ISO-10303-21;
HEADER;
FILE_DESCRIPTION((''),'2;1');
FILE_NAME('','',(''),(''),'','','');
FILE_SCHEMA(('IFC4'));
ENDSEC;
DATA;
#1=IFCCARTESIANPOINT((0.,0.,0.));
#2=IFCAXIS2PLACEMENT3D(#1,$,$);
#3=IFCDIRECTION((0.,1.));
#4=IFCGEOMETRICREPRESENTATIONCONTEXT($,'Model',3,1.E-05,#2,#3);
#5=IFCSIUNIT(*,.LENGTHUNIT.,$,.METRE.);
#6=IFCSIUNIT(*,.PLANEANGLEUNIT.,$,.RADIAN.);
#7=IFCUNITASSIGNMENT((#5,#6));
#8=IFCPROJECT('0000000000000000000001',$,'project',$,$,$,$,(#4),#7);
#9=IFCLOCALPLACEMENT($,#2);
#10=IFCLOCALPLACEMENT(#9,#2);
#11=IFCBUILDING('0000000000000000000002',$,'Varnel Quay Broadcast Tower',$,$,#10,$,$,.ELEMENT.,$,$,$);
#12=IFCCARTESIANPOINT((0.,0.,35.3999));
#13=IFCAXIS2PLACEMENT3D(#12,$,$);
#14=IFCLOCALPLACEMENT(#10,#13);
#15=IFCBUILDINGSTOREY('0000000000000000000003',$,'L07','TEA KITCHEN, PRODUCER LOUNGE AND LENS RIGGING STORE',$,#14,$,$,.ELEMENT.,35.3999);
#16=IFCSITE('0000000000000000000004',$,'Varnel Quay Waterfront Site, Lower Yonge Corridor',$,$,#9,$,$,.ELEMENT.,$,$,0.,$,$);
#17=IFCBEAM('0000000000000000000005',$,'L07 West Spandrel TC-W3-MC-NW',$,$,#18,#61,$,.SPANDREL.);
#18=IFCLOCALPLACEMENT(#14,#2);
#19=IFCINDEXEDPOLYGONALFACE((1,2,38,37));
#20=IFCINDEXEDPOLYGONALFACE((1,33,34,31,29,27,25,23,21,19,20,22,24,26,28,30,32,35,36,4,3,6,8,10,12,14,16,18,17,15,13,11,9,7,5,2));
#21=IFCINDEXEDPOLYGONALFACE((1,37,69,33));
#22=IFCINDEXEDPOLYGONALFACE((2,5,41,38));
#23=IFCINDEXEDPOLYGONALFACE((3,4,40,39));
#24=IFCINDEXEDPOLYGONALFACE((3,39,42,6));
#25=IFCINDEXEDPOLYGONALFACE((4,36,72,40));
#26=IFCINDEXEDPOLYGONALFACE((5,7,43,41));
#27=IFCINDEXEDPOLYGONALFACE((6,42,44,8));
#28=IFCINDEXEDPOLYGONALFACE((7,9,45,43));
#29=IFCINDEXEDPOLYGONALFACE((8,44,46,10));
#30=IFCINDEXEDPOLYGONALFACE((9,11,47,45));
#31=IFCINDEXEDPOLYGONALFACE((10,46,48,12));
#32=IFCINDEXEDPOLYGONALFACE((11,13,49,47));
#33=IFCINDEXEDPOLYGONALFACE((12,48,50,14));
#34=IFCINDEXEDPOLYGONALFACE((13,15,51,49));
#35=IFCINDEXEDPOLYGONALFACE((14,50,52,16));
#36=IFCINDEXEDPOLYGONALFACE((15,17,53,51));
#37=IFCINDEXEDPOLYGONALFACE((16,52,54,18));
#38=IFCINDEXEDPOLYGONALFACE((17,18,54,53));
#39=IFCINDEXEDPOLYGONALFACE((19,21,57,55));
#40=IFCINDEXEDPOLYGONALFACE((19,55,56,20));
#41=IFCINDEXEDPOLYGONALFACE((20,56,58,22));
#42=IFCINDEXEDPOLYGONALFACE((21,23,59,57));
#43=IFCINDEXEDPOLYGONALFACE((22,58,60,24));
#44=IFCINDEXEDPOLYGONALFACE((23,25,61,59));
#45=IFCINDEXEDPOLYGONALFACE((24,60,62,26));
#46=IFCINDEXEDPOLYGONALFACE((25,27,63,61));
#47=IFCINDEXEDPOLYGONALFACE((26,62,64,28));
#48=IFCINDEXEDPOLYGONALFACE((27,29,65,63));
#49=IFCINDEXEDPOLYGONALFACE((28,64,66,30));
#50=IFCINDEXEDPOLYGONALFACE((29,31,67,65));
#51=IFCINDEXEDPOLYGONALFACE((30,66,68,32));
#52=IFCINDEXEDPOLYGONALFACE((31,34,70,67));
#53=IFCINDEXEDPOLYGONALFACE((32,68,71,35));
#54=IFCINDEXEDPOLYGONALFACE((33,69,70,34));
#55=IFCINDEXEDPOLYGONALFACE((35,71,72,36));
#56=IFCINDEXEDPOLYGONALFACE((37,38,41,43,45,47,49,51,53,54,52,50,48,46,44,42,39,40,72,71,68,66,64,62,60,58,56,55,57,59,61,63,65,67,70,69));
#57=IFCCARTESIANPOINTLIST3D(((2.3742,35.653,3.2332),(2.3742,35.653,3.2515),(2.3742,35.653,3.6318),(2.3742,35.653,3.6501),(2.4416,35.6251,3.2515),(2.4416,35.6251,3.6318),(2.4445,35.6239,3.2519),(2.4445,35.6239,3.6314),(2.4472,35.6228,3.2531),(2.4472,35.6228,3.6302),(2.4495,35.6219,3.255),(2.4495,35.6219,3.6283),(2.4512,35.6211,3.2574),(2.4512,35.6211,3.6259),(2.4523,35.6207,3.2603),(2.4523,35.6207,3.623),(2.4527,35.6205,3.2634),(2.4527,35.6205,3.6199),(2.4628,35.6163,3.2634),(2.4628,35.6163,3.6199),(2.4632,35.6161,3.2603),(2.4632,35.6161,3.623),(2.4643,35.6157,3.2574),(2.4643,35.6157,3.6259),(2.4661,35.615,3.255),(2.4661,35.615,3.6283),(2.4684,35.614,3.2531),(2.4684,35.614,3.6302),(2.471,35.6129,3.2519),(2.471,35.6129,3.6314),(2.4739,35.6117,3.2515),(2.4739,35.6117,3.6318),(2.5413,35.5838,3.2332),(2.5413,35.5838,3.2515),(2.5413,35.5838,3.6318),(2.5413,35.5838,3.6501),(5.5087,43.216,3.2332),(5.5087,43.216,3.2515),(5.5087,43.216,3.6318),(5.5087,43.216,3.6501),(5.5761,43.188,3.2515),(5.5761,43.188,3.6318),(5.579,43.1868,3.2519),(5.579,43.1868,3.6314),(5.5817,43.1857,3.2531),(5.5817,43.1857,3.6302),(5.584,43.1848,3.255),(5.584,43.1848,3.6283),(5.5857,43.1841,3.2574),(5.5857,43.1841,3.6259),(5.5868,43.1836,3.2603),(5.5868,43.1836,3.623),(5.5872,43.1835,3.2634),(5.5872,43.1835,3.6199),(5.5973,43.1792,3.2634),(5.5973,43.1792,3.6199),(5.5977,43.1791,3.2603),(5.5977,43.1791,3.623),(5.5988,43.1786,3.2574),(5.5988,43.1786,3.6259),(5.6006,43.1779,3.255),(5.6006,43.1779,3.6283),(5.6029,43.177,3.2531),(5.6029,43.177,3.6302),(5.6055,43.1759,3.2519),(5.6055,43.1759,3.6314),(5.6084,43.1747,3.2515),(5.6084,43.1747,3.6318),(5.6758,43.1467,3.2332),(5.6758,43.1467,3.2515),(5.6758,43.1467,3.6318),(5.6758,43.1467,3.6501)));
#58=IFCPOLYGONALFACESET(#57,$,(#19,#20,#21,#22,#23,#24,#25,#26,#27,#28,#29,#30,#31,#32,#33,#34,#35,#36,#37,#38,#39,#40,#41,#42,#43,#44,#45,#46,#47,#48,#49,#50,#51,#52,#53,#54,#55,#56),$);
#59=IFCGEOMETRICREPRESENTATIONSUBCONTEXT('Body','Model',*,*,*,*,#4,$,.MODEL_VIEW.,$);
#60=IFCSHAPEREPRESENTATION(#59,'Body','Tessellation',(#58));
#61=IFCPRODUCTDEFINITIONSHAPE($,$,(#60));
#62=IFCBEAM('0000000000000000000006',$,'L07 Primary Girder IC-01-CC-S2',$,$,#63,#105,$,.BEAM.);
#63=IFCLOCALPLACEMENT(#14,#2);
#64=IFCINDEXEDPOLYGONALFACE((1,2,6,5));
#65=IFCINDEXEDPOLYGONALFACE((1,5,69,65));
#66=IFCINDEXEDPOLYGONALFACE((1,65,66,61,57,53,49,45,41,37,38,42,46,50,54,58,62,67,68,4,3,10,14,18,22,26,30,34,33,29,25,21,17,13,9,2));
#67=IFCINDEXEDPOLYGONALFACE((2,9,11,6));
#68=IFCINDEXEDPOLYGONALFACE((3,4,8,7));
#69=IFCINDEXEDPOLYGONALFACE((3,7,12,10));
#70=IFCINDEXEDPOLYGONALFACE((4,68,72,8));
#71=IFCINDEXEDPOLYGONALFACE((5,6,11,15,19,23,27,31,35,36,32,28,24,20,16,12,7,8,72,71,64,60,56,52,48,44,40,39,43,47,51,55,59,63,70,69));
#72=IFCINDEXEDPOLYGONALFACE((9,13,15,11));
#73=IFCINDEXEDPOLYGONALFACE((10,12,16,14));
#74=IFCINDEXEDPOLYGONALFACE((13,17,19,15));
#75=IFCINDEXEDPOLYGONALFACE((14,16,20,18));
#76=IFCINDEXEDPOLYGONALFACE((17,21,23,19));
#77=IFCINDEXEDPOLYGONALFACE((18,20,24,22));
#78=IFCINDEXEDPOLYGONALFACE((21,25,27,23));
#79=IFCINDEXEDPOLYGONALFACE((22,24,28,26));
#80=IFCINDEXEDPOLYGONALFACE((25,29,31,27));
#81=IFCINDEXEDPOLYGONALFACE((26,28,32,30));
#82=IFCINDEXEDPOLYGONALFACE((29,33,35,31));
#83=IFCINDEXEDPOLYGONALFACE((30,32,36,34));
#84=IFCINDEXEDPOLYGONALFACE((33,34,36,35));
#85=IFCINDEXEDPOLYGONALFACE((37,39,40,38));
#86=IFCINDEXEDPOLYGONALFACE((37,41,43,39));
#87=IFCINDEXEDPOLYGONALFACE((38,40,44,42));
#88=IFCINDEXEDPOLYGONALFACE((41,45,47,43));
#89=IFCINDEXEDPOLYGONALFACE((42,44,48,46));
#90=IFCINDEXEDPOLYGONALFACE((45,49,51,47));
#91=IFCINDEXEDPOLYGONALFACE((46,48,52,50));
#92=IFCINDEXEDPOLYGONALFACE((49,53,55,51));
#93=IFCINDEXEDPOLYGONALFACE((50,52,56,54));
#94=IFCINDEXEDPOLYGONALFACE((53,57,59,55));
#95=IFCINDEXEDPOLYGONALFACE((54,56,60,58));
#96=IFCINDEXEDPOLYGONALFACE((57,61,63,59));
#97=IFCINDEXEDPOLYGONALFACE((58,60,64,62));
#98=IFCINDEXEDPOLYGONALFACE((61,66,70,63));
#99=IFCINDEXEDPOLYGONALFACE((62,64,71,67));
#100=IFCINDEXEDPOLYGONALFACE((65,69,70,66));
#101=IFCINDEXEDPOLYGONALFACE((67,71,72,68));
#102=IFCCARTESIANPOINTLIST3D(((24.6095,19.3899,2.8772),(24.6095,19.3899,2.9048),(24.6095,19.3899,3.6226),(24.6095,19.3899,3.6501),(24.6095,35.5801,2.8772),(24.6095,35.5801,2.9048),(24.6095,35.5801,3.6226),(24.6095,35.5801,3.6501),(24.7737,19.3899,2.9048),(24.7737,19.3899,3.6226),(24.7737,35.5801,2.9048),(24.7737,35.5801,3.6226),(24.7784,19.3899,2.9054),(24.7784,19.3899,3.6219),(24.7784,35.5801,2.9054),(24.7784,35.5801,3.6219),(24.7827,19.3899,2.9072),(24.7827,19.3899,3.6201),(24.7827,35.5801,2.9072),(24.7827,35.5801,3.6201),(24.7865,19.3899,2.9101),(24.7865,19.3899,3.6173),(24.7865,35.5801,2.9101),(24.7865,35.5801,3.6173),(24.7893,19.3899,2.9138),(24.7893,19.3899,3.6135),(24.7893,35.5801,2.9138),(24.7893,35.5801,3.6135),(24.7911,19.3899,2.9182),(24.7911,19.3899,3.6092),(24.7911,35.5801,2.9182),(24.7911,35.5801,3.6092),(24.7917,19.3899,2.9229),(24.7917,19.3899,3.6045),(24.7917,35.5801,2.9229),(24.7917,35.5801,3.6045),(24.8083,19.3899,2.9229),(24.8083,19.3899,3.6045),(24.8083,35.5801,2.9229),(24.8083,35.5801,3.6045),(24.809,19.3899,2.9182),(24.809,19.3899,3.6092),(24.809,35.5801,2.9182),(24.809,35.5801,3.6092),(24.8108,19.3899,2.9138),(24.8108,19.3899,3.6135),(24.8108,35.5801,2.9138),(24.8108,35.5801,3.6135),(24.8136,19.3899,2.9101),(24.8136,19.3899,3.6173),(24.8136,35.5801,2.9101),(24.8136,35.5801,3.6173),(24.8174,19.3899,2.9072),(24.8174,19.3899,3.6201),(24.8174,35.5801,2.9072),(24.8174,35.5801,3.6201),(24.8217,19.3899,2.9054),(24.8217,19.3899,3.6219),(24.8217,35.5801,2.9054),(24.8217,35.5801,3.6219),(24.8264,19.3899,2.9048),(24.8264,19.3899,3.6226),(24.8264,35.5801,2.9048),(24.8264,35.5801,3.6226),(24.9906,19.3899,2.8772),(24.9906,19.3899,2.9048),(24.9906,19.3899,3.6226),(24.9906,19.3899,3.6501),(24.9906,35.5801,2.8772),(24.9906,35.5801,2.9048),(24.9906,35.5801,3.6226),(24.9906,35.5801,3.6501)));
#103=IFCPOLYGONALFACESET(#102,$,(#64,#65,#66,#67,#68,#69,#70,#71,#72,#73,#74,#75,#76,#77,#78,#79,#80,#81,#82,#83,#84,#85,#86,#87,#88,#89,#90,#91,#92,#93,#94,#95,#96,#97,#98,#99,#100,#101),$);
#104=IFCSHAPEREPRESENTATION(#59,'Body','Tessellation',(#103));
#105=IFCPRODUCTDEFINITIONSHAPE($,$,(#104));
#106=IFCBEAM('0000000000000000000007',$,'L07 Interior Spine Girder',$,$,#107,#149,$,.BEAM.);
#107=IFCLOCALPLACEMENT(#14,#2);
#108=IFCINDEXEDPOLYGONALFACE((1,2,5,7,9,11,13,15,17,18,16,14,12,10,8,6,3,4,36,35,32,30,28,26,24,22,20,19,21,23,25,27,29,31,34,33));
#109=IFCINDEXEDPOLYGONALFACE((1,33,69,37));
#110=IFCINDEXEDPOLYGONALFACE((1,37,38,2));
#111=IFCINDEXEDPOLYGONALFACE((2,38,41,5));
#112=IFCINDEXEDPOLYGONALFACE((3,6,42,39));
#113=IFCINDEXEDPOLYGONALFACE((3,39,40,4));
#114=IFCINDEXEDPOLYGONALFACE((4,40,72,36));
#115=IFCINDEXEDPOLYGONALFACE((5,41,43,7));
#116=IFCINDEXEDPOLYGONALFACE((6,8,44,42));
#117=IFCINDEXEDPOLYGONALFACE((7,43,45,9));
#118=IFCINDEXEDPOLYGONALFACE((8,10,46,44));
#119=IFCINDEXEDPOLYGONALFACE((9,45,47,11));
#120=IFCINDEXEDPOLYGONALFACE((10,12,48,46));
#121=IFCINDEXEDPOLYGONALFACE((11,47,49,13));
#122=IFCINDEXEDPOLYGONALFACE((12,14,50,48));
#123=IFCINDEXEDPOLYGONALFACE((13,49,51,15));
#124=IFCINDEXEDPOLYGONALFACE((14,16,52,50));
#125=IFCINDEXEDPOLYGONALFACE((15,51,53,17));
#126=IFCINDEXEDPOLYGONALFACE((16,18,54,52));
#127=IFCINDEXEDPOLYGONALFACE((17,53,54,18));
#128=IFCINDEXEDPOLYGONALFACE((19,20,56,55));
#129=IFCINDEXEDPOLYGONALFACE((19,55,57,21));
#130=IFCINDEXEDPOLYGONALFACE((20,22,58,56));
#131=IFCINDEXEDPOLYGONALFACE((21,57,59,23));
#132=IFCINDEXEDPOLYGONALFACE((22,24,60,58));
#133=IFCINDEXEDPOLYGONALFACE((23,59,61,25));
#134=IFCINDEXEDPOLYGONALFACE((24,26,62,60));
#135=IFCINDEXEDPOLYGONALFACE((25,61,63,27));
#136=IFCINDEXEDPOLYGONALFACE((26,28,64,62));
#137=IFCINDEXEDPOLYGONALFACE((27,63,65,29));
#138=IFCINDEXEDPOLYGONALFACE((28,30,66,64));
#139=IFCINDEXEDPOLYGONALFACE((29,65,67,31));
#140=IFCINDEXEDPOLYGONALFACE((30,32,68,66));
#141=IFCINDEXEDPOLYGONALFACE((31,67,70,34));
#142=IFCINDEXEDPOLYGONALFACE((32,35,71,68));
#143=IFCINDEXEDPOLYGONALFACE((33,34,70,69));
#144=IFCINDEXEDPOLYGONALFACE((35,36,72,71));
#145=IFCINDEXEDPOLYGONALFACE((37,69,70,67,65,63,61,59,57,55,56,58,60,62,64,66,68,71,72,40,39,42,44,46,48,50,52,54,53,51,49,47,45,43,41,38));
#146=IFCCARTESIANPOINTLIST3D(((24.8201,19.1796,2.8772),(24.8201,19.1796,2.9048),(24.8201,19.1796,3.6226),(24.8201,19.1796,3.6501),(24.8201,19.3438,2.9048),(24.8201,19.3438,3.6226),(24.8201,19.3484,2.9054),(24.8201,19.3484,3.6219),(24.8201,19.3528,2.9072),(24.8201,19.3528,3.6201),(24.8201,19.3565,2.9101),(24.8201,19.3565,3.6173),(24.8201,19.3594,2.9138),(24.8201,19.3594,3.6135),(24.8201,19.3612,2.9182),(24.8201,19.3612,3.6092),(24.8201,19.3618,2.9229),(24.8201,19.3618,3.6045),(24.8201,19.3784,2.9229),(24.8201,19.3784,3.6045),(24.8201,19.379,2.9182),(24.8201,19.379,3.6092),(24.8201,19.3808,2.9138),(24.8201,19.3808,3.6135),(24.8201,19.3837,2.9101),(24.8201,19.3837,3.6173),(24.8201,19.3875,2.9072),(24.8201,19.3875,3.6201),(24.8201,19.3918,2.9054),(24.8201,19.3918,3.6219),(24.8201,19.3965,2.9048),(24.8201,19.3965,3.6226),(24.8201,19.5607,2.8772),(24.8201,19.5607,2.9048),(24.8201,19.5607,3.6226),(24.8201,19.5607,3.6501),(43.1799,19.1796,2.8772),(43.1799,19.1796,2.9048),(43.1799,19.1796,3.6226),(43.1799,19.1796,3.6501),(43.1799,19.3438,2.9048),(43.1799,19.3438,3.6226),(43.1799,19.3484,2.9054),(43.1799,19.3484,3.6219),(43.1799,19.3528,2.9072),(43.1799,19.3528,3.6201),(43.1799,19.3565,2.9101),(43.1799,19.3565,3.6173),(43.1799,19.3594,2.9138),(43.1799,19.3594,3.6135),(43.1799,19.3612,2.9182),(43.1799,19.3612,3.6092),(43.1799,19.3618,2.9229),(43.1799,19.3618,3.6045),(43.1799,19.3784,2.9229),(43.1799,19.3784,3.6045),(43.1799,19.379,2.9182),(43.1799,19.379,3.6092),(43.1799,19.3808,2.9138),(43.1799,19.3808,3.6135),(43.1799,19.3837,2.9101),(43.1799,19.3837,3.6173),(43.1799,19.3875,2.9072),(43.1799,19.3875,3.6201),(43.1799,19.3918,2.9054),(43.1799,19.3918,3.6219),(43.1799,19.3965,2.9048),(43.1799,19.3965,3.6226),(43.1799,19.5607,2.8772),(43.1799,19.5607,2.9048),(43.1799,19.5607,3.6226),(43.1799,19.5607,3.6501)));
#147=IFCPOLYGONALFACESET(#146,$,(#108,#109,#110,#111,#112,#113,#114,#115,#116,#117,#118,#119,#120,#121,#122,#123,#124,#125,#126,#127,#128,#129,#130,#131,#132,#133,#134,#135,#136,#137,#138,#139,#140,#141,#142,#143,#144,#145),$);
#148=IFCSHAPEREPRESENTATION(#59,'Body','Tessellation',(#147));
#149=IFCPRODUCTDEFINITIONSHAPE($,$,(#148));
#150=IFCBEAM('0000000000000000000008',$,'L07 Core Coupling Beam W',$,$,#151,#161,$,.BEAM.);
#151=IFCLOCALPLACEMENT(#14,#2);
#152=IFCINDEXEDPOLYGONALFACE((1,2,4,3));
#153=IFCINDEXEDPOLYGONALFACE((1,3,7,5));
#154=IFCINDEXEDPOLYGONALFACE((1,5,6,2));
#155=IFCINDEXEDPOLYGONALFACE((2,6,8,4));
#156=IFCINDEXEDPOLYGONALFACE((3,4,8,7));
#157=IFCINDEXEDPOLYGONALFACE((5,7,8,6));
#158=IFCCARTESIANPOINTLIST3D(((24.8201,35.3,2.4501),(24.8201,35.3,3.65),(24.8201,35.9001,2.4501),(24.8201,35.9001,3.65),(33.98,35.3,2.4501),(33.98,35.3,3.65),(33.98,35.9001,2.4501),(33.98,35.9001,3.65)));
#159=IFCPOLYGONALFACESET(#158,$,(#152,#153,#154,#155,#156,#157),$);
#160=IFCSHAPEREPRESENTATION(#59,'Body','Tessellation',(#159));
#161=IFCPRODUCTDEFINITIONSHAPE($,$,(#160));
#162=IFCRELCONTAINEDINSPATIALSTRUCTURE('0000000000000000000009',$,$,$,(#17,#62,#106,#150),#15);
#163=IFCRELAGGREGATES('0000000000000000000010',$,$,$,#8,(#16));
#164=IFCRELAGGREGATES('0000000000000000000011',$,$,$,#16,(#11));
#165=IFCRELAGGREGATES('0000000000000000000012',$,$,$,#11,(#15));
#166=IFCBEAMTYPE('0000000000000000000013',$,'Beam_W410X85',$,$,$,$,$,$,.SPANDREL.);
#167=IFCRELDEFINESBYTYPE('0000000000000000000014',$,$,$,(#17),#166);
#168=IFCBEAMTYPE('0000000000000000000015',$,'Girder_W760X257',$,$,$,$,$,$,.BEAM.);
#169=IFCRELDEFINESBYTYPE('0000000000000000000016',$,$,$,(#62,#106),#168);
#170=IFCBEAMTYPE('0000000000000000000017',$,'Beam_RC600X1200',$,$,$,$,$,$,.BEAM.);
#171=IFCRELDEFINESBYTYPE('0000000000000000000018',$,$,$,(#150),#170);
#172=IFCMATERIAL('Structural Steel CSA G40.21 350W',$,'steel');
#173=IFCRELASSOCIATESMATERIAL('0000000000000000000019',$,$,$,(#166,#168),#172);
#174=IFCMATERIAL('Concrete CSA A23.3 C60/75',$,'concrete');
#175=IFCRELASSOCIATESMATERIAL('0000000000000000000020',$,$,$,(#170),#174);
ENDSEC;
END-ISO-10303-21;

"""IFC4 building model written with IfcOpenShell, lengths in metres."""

from ifc_helpers import new_model, si_unit, direction, frame, origin, origin_2d, place, context, subcontext, project, spatial, rectangle, i_section, extrude, source, transform, mapped, material, material_profile, profile_set, type_object, type_shapes, element, save


model = new_model("IFC4")

# Units and contexts
model_context = context("Model", 3, precision=1e-05, world=origin(), true_north=direction((0.0, 1.0)))
body_context = subcontext(model_context, "Body", "Model", "MODEL_VIEW")
ifc_project = project(units=[si_unit("LENGTHUNIT", "METRE"), si_unit("PLANEANGLEUNIT", "RADIAN")], contexts=[model_context])

# Site, building, storey
site_placement = place(None, origin())
site = spatial("IfcSite", under=ifc_project, at=site_placement, Name="Varnel Quay Waterfront Site, Lower Yonge Corridor", CompositionType="ELEMENT", RefElevation=0.0)
building_placement = place(site_placement, origin())
building = spatial("IfcBuilding", under=site, at=building_placement, Name="Varnel Quay Broadcast Tower", CompositionType="ELEMENT")
storey_placement = place(building_placement, frame((0.0, 0.0, 35.3999)))
storey = spatial("IfcBuildingStorey", under=building, at=storey_placement, Name="L07", Description="TEA KITCHEN, PRODUCER LOUNGE AND LENS RIGGING STORE", CompositionType="ELEMENT", Elevation=35.3999)

# Shared definitions
ifc_material_1 = material(Name="Structural Steel CSA G40.21 350W", Category="steel")
ifc_material_2 = material(Name="Concrete CSA A23.3 C60/75", Category="concrete")

# Beams
ifc_material_profile_1 = material_profile(ifc_material_1, i_section(OverallWidth=0.1809, OverallDepth=0.417, WebThickness=0.011, FlangeThickness=0.0183, FilletRadius=0.012, at=origin_2d()), Name="W410X85")
ifc_profile_set_1 = profile_set([ifc_material_profile_1], Name="Structural Steel CSA G40.21 350W")
beam_type_1 = type_object("IfcBeamType", Name="Beam_W410X85", PredefinedType="SPANDREL", material=ifc_profile_set_1)
shared_shape_1 = source(origin(), body_context, "Body", "SweptSolid", [
    extrude(i_section(OverallWidth=0.1809, OverallDepth=0.417, WebThickness=0.011, FlangeThickness=0.0183, FilletRadius=0.012, at=origin_2d()), origin(), (0.0, 0.0, 1.0), 8.1868),
])
beam_1_placement = place(storey_placement, frame((2.4578, 35.6184, 3.4417), z_axis=(0.382874, 0.923801, 0.0), x_axis=(-0.923801, 0.382874, 0.0)))
element("IfcBeam", 1, at=beam_1_placement, inside=storey, type_object=beam_type_1, Name="L07 West Spandrel TC-W3-MC-NW", PredefinedType="SPANDREL", context=body_context, shape_type="MappedRepresentation", body=[
    mapped(shared_shape_1, transform((0.0, 0.0, 0.0), x_axis=(1.0, 0.0, 0.0), y_axis=(0.0, 1.0, 0.0), z_axis=(0.0, 0.0, 1.0), scale=1.0)),
])
ifc_material_profile_2 = material_profile(ifc_material_1, i_section(OverallWidth=0.3811, OverallDepth=0.7729, WebThickness=0.0166, FlangeThickness=0.0276, FilletRadius=0.0181, at=origin_2d()), Name="W760X257")
ifc_profile_set_2 = profile_set([ifc_material_profile_2], Name="Structural Steel CSA G40.21 350W")
beam_type_2 = type_object("IfcBeamType", Name="Girder_W760X257", PredefinedType="BEAM", material=ifc_profile_set_2)
shared_shape_2 = source(origin(), body_context, "Body", "SweptSolid", [
    extrude(i_section(OverallWidth=0.3811, OverallDepth=0.7729, WebThickness=0.0166, FlangeThickness=0.0276, FilletRadius=0.0181, at=origin_2d()), origin(), (0.0, 0.0, 1.0), 16.1902),
])
beam_2_placement = place(storey_placement, frame((24.8, 19.3899, 3.2637), z_axis=(0.0, 1.0, 0.0), x_axis=(-1.0, 0.0, 0.0)))
element("IfcBeam", 2, at=beam_2_placement, inside=storey, type_object=beam_type_2, Name="L07 Primary Girder IC-01-CC-S2", PredefinedType="BEAM", context=body_context, shape_type="MappedRepresentation", body=[
    mapped(shared_shape_2, transform((0.0, 0.0, 0.0), x_axis=(1.0, 0.0, 0.0), y_axis=(0.0, 1.0, 0.0), z_axis=(0.0, 0.0, 1.0), scale=1.0)),
])
shared_shape_3 = source(origin(), body_context, "Body", "SweptSolid", [
    extrude(i_section(OverallWidth=0.3811, OverallDepth=0.7729, WebThickness=0.0166, FlangeThickness=0.0276, FilletRadius=0.0181, at=origin_2d()), origin(), (0.0, 0.0, 1.0), 18.3599),
])
type_shapes(beam_type_2, [shared_shape_2, shared_shape_3])
beam_3_placement = place(storey_placement, frame((24.8201, 19.3701, 3.2637), z_axis=(1.0, 0.0, 0.0), x_axis=(0.0, 1.0, 0.0)))
element("IfcBeam", 3, at=beam_3_placement, inside=storey, type_object=beam_type_2, Name="L07 Interior Spine Girder", PredefinedType="BEAM", context=body_context, shape_type="MappedRepresentation", body=[
    mapped(shared_shape_3, transform((0.0, 0.0, 0.0), x_axis=(1.0, 0.0, 0.0), y_axis=(0.0, 1.0, 0.0), z_axis=(0.0, 0.0, 1.0), scale=1.0)),
])
ifc_material_profile_3 = material_profile(ifc_material_2, rectangle(XDim=0.6001, YDim=1.2, at=origin_2d()), Name="RC600X1200")
ifc_profile_set_3 = profile_set([ifc_material_profile_3], Name="Concrete CSA A23.3 C60/75")
beam_type_3 = type_object("IfcBeamType", Name="Beam_RC600X1200", PredefinedType="BEAM", material=ifc_profile_set_3)
shared_shape_4 = source(origin(), body_context, "Body", "SweptSolid", [
    extrude(rectangle(XDim=0.6001, YDim=1.2, at=origin_2d()), origin(), (0.0, 0.0, 1.0), 9.1599),
])
type_shapes(beam_type_3, [shared_shape_4])
beam_4_placement = place(storey_placement, frame((24.8201, 35.6001, 3.05), z_axis=(1.0, 0.0, 0.0), x_axis=(0.0, 1.0, 0.0)))
element("IfcBeam", 4, at=beam_4_placement, inside=storey, type_object=beam_type_3, Name="L07 Core Coupling Beam W", PredefinedType="BEAM", context=body_context, shape_type="MappedRepresentation", body=[
    mapped(shared_shape_4, transform((0.0, 0.0, 0.0), x_axis=(1.0, 0.0, 0.0), y_axis=(0.0, 1.0, 0.0), z_axis=(0.0, 0.0, 1.0), scale=1.0)),
])

save(model, "model.ifc")
